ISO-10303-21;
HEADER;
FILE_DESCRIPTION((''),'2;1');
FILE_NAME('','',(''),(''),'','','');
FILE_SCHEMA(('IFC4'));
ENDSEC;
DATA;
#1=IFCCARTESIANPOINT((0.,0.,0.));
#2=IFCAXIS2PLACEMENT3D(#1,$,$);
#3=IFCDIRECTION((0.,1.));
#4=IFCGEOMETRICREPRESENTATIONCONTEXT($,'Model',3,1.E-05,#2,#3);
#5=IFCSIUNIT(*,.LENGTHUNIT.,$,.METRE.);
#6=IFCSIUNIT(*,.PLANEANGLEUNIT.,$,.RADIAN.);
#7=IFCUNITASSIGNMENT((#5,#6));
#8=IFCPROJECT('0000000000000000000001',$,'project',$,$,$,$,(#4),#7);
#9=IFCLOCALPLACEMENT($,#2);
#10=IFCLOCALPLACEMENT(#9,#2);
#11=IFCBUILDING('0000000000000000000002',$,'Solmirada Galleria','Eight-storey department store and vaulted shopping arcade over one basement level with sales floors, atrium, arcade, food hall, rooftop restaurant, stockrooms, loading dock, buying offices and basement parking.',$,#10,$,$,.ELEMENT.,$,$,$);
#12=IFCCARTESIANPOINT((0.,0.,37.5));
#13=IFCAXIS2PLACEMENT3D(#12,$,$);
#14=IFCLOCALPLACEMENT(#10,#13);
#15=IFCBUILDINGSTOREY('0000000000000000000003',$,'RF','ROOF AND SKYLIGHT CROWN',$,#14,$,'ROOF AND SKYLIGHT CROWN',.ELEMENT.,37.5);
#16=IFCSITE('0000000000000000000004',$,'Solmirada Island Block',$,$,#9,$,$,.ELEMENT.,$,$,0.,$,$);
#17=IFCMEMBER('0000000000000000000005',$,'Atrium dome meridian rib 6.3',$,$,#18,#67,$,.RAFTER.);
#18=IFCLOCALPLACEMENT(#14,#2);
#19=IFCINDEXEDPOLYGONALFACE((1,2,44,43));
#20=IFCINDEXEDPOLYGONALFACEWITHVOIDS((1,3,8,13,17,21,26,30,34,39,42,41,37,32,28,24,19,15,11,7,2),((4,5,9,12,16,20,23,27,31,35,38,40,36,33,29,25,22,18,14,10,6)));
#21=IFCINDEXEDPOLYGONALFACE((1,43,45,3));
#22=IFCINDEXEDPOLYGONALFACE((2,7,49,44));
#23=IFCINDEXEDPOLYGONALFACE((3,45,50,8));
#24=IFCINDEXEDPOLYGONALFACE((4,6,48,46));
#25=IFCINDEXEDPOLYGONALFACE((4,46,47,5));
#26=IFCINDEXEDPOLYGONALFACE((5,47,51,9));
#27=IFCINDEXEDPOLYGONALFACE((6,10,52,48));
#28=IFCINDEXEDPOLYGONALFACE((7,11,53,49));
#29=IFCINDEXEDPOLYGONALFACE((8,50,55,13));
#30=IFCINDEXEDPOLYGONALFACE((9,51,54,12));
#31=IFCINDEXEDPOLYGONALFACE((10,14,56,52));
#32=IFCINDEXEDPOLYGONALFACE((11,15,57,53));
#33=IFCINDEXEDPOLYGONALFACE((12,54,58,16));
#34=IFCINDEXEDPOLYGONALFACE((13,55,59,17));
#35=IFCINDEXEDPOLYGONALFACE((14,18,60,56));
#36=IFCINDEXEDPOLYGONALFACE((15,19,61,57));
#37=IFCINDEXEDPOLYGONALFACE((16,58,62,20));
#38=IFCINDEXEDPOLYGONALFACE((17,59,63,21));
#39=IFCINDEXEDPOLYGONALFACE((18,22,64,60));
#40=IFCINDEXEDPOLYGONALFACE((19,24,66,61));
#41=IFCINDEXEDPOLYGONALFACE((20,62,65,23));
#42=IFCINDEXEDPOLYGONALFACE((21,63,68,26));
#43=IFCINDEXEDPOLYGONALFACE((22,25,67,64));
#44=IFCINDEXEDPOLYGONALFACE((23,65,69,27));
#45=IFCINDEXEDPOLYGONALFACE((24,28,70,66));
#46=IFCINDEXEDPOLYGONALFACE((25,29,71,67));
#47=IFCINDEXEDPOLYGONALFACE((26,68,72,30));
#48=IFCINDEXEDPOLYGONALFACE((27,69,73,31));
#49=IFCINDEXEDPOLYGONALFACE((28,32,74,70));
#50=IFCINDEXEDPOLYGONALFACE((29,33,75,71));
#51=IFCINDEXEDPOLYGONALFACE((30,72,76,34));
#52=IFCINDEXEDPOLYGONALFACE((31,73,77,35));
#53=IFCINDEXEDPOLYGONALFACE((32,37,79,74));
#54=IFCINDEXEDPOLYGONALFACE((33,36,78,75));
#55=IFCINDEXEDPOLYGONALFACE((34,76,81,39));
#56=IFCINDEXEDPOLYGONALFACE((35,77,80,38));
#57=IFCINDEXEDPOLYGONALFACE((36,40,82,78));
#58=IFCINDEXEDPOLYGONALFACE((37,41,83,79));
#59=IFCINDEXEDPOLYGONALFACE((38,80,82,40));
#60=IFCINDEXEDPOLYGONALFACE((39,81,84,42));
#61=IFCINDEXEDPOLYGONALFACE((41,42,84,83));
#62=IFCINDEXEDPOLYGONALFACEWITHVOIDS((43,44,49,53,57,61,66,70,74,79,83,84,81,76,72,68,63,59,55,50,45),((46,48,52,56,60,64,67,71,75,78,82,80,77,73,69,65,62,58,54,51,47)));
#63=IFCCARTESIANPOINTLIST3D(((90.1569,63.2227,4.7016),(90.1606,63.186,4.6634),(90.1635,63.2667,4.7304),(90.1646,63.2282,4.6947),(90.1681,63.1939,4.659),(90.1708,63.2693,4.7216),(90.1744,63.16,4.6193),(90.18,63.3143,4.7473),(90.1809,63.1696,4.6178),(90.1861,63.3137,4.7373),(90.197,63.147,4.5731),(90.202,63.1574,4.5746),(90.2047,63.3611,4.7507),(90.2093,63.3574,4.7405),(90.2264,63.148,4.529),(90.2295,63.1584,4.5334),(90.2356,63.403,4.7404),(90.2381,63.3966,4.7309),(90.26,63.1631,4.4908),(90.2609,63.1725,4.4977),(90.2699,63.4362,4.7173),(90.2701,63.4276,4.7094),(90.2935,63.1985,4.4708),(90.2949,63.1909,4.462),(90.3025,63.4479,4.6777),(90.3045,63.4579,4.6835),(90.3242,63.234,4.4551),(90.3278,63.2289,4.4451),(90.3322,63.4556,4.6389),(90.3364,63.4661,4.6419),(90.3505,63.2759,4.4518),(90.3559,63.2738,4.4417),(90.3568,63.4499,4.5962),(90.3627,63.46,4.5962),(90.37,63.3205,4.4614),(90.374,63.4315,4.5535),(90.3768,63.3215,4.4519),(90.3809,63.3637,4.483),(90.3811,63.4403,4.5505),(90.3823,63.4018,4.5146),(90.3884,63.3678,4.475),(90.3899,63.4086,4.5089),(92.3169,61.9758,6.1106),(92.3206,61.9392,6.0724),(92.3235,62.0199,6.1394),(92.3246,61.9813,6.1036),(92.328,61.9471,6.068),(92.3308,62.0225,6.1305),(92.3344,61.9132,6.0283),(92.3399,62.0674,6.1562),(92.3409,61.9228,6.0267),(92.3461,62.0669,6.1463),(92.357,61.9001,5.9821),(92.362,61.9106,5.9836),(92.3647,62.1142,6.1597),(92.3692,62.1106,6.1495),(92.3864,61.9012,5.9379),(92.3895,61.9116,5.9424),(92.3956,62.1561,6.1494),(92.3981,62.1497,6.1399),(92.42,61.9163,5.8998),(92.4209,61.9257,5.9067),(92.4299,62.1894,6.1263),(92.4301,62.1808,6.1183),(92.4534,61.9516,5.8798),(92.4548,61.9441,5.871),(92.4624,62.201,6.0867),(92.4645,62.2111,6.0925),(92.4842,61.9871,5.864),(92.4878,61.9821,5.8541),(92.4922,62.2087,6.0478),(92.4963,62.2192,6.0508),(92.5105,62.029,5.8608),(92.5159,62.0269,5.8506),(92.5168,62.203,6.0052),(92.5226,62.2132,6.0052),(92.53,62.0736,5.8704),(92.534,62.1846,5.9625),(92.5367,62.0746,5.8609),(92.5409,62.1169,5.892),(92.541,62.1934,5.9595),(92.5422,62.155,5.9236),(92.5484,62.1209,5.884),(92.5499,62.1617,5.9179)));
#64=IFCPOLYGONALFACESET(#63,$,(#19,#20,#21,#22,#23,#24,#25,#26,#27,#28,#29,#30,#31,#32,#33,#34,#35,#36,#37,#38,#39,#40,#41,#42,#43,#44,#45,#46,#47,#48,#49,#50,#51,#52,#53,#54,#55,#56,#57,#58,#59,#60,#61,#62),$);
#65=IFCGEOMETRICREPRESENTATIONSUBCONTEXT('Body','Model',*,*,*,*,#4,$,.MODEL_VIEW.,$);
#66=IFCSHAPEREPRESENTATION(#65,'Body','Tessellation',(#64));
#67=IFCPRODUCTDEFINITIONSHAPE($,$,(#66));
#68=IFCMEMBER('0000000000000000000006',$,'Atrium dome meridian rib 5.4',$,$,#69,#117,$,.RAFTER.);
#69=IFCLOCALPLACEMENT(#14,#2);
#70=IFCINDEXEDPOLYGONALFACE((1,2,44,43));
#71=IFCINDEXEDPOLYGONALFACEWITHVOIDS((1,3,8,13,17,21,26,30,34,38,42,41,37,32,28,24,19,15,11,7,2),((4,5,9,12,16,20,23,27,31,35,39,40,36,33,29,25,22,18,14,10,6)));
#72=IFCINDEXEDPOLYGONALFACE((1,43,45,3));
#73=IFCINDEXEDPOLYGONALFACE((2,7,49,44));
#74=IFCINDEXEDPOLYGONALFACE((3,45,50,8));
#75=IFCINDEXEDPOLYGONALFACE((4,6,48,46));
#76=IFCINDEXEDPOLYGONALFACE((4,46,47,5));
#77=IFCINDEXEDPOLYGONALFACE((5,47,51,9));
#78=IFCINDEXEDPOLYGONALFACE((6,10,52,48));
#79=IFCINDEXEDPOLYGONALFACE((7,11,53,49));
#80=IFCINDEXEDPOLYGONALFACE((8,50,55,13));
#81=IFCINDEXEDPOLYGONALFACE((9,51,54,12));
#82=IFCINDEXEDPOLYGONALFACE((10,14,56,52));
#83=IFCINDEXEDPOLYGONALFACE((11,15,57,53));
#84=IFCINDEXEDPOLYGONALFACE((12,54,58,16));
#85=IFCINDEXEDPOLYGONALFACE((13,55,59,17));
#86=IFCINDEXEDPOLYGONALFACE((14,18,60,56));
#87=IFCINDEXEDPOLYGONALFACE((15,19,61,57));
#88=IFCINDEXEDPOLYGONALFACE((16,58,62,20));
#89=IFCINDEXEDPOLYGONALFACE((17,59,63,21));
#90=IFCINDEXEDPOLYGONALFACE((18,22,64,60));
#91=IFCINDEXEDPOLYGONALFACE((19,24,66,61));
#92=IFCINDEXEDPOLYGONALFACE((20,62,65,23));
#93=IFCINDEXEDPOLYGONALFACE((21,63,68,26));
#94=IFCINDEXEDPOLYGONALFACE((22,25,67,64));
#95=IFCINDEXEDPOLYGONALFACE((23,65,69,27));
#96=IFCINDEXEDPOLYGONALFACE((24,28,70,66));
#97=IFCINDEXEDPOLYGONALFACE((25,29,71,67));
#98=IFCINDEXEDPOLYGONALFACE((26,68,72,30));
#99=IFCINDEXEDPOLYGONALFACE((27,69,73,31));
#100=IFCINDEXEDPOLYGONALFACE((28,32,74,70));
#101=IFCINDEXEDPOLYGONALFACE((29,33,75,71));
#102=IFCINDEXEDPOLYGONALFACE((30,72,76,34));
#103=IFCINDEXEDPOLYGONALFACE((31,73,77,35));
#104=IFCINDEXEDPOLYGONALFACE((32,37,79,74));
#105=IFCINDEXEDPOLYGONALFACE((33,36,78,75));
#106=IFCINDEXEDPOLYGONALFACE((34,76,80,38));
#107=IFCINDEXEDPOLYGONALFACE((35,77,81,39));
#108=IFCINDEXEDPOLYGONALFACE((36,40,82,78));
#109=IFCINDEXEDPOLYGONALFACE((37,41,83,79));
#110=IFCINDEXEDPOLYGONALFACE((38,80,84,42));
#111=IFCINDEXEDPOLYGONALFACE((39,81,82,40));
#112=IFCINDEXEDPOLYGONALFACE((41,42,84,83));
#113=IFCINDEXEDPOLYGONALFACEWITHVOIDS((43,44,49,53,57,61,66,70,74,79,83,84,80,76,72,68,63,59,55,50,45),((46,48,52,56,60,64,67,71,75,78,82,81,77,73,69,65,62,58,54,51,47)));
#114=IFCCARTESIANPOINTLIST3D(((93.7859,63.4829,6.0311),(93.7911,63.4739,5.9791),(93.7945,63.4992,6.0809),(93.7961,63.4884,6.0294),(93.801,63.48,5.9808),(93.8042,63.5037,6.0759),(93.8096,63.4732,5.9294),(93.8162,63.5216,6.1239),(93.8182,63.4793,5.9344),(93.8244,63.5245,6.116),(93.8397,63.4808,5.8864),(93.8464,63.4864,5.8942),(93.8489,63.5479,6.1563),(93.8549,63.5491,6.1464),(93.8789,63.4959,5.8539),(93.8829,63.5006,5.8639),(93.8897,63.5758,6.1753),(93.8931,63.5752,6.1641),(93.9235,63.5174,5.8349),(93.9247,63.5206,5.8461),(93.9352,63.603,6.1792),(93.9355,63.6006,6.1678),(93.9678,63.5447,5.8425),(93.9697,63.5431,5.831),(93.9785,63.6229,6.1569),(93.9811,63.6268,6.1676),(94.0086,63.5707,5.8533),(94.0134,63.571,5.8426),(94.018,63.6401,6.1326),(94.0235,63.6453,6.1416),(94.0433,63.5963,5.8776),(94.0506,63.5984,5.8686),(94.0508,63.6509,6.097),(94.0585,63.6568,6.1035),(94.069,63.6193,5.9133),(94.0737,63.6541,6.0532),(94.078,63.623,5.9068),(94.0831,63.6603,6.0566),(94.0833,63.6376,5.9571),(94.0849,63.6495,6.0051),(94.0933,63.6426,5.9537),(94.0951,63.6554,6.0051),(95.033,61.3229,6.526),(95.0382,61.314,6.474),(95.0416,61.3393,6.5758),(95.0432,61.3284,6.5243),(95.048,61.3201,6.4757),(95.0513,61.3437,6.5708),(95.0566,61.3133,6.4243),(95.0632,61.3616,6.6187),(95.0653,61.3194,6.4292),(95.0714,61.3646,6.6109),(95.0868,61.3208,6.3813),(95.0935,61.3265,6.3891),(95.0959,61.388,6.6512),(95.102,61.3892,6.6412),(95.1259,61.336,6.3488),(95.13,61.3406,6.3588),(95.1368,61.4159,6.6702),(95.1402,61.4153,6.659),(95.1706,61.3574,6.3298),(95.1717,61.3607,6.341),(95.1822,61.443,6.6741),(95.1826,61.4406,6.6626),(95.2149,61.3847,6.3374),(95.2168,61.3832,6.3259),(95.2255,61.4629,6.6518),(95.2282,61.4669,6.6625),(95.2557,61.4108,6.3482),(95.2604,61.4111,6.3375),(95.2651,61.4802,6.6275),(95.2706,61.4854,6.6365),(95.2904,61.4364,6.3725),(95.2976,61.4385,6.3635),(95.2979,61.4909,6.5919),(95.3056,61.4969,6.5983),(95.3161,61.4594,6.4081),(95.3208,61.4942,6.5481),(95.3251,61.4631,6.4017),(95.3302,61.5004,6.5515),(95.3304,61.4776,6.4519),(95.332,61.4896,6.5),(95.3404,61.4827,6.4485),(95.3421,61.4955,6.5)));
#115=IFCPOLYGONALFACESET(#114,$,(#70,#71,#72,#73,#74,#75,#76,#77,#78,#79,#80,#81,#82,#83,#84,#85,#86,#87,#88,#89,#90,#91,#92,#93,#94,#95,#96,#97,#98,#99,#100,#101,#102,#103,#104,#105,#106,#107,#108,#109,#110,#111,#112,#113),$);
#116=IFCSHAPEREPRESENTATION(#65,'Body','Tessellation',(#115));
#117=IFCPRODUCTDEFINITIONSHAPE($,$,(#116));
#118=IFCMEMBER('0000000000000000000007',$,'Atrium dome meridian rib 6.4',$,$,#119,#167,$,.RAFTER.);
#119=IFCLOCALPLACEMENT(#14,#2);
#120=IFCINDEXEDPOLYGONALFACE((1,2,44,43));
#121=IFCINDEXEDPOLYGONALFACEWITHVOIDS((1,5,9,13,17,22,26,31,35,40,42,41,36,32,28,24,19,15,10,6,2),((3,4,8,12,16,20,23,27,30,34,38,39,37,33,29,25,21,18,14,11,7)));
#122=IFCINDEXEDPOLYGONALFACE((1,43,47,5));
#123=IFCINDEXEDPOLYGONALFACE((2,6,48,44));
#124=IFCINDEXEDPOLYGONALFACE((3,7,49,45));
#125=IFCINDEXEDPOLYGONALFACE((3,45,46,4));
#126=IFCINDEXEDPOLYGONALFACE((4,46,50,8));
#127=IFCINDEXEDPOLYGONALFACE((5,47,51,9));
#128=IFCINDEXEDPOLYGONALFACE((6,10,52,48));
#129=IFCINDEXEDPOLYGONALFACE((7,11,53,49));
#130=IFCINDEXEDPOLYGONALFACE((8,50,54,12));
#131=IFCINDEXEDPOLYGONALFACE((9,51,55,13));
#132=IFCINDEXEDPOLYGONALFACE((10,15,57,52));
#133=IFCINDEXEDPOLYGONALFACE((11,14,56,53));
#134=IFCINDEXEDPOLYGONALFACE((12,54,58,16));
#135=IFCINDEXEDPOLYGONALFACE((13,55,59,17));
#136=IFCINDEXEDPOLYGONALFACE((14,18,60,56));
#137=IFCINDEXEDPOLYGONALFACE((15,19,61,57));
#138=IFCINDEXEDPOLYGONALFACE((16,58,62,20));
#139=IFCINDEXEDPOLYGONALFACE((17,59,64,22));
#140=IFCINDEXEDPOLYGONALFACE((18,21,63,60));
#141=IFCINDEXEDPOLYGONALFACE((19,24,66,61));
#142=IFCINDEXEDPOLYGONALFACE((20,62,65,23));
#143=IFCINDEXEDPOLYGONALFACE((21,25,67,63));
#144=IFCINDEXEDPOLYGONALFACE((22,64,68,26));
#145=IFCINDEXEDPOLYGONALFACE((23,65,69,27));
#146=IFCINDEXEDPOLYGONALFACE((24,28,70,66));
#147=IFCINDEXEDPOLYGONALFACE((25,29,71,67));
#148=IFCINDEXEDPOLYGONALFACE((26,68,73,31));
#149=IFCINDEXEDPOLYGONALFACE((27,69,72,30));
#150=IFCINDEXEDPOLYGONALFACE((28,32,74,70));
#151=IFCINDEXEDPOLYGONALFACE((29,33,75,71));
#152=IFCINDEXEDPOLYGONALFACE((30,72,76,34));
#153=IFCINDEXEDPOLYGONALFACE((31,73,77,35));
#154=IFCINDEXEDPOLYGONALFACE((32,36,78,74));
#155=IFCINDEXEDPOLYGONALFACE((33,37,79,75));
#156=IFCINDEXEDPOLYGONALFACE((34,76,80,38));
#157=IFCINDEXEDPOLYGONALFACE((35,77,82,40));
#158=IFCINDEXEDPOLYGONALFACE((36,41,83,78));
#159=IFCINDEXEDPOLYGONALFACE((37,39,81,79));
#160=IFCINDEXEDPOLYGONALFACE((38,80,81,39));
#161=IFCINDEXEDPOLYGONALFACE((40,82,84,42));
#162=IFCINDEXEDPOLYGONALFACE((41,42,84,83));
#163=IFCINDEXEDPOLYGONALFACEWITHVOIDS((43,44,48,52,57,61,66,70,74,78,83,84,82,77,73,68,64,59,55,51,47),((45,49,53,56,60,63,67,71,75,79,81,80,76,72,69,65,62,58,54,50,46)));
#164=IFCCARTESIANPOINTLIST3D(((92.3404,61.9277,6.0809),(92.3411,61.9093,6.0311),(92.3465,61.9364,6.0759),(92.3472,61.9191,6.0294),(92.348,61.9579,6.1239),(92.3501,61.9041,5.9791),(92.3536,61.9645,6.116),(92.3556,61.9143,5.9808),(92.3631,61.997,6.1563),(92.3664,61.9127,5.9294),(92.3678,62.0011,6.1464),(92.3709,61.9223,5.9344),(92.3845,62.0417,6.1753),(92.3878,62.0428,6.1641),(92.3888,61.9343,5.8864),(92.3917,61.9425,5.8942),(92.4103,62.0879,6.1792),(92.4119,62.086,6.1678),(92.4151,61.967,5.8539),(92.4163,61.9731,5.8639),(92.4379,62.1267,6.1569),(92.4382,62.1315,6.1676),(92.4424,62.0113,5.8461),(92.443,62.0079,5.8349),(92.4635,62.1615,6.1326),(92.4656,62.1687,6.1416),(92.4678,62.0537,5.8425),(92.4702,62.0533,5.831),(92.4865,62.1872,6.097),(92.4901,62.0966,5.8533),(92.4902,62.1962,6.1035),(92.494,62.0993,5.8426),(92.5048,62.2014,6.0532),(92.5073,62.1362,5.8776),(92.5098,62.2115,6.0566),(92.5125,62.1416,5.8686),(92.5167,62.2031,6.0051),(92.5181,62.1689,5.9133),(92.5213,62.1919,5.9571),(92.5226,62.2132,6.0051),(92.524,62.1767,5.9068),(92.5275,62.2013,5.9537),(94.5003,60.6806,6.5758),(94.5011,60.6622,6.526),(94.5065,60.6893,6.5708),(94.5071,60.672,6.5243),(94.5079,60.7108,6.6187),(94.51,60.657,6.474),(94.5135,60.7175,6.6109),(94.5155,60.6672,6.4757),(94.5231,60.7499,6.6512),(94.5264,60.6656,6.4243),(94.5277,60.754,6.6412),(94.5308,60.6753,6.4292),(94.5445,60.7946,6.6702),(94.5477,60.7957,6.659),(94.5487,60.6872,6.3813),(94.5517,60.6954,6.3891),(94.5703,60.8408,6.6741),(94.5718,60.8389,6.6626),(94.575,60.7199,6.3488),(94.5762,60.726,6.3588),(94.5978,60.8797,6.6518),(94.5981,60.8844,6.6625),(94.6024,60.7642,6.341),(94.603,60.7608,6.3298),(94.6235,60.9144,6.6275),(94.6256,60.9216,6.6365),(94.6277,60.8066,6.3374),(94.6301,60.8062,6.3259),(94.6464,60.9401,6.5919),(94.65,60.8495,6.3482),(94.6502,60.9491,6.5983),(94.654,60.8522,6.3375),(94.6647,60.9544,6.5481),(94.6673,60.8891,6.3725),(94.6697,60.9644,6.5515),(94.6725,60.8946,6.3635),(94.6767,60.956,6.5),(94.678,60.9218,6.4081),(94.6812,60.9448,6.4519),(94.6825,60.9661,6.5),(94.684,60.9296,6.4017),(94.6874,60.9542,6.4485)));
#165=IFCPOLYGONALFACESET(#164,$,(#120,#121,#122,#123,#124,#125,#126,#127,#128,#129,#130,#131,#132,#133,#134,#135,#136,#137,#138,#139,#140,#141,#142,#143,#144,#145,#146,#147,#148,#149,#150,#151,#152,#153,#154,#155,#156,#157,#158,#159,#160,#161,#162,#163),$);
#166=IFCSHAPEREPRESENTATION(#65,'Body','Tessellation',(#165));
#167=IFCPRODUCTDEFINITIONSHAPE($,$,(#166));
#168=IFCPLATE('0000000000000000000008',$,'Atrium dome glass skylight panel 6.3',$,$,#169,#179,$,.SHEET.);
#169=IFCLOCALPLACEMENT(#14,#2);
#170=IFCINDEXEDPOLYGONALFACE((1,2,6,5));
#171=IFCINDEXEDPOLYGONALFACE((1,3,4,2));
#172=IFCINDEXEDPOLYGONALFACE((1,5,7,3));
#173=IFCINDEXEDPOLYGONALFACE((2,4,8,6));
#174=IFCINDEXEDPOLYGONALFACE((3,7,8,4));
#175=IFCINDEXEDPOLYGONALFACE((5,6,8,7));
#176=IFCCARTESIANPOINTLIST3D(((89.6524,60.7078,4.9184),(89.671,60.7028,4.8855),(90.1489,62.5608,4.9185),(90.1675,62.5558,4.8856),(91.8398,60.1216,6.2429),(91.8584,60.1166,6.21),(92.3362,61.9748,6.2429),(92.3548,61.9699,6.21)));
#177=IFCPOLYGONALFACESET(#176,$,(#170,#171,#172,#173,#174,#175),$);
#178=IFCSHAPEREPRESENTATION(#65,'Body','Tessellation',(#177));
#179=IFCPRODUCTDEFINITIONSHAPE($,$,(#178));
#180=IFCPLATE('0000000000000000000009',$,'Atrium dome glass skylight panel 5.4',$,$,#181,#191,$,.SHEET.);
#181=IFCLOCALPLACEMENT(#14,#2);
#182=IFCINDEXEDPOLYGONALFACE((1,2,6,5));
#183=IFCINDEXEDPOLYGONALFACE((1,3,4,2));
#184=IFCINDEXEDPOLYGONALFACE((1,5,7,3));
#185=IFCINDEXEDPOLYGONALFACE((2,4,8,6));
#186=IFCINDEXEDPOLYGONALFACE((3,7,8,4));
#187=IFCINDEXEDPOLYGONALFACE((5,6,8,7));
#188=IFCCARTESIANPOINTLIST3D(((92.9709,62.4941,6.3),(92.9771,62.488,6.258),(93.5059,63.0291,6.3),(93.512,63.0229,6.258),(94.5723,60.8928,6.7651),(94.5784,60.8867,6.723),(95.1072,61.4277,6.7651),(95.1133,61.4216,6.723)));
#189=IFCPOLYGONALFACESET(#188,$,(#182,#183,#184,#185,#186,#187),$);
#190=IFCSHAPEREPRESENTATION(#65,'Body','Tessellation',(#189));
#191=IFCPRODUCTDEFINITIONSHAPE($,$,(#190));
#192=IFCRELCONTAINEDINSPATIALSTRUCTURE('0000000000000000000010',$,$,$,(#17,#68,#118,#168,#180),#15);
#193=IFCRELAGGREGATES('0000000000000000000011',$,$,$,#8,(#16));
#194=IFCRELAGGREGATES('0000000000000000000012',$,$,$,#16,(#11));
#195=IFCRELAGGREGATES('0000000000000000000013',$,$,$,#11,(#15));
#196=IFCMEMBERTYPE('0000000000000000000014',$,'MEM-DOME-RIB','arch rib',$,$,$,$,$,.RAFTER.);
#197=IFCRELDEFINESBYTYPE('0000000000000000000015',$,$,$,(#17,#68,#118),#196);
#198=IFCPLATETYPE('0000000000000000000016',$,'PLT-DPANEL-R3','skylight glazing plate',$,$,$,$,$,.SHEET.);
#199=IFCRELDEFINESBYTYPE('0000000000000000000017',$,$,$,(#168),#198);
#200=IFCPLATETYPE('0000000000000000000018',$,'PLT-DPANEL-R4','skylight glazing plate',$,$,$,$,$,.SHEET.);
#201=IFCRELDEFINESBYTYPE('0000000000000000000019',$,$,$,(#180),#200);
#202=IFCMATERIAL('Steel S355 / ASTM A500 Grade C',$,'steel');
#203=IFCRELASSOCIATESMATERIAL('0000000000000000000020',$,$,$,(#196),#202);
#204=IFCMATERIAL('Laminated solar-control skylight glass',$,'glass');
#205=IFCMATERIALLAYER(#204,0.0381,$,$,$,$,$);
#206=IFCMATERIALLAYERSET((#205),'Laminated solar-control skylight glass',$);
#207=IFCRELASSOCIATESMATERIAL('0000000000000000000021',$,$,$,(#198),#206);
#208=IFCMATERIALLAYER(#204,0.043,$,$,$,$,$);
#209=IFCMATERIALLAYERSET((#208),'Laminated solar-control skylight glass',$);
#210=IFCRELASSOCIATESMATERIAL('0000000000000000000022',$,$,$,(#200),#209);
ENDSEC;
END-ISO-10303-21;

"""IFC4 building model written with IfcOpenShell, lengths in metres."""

from ifc_helpers import new_model, si_unit, direction, frame, origin, origin_2d, place, context, subcontext, project, spatial, polyline, hollow_circle, outline, extrude, material, layer, layer_set, material_profile, profile_set, type_object, element, save


model = new_model("IFC4")

# Units and contexts
model_context = context("Model", 3, precision=1e-05, world=origin(), true_north=direction((0.0, 1.0)))
body_context = subcontext(model_context, "Body", "Model", "MODEL_VIEW")
ifc_project = project(units=[si_unit("LENGTHUNIT", "METRE"), si_unit("PLANEANGLEUNIT", "RADIAN")], contexts=[model_context])

# Site, building, storey
site_placement = place(None, origin())
site = spatial("IfcSite", under=ifc_project, at=site_placement, Name="Solmirada Island Block", CompositionType="ELEMENT", RefElevation=0.0)
building_placement = place(site_placement, origin())
building = spatial("IfcBuilding", under=site, at=building_placement, Name="Solmirada Galleria", Description="Eight-storey department store and vaulted shopping arcade over one basement level with sales floors, atrium, arcade, food hall, rooftop restaurant, stockrooms, loading dock, buying offices and basement parking.", CompositionType="ELEMENT")
storey_placement = place(building_placement, frame((0.0, 0.0, 37.5)))
storey = spatial("IfcBuildingStorey", under=building, at=storey_placement, Name="RF", Description="ROOF AND SKYLIGHT CROWN", LongName="ROOF AND SKYLIGHT CROWN", CompositionType="ELEMENT", Elevation=37.5)

# Members
ifc_material_1 = material(Name="Steel S355 / ASTM A500 Grade C", Category="steel")
ifc_material_profile_1 = material_profile(ifc_material_1, hollow_circle(Radius=0.178, WallThickness=0.0117, at=origin_2d()), Name="HSS14.000X0.500")
ifc_profile_set_1 = profile_set([ifc_material_profile_1], Name="Steel S355 / ASTM A500 Grade C")
member_type_1 = type_object("IfcMemberType", Name="MEM-DOME-RIB", Description="arch rib", PredefinedType="RAFTER", material=ifc_profile_set_1)
member_1_placement = place(storey_placement, frame((90.2737, 63.3059, 4.5962), z_axis=(0.754049, -0.435281, 0.491875), x_axis=(0.49994, 0.86606, 0.0)))
element("IfcMember", 1, at=member_1_placement, inside=storey, type_object=member_type_1, Name="Atrium dome meridian rib 6.3", PredefinedType="RAFTER", context=body_context, shape_type="SweptSolid", body=[
    extrude(hollow_circle(Radius=0.178, WallThickness=0.0117, at=origin_2d()), origin(), (0.0, 0.0, 1.0), 2.8645),
])
for number, where, z_axis, x_axis, name in (
    (2, (93.9409, 63.5664, 6.0051), (0.490452, -0.849457, 0.194625), (0.866018, 0.500013, 0.0), "Atrium dome meridian rib 5.4"),
    (3, (92.4336, 62.0591, 6.0051), (0.849457, -0.490452, 0.194625), (0.500013, 0.866018, 0.0), "Atrium dome meridian rib 6.4"),
):
    element("IfcMember", number, at=place(storey_placement, frame(where, z_axis=z_axis, x_axis=x_axis)), inside=storey, type_object=member_type_1, Name=name, PredefinedType="RAFTER", context=body_context, shape_type="SweptSolid", body=[
        extrude(hollow_circle(Radius=0.178, WallThickness=0.0117, at=origin_2d()), origin(), (0.0, 0.0, 1.0), 2.5427),
    ])

# Plates
ifc_material_2 = material(Name="Laminated solar-control skylight glass", Category="glass")
ifc_layer_1 = layer(ifc_material_2, 0.0381)
ifc_layer_set_1 = layer_set([ifc_layer_1], Name="Laminated solar-control skylight glass")
plate_type_1 = type_object("IfcPlateType", Name="PLT-DPANEL-R3", Description="skylight glazing plate", PredefinedType="SHEET", material=ifc_layer_set_1)
plate_1_placement = place(storey_placement, frame((90.1489, 62.5608, 4.9185), z_axis=(-0.487666, 0.130646, 0.8632), x_axis=(-0.258831, -0.965923, -0.000034)))
element("IfcPlate", 4, at=plate_1_placement, inside=storey, type_object=plate_type_1, Name="Atrium dome glass skylight panel 6.3", PredefinedType="SHEET", context=body_context, shape_type="SweptSolid", body=[
    extrude(outline(polyline([(0.0, 0.0), (1.9184, 0.0), (1.9184, 2.6235), (-0.0002, 2.6233), (0.0, 0.0)])), origin(), (0.0, 0.0, -1.0), 0.0381),
])
ifc_layer_2 = layer(ifc_material_2, 0.043)
ifc_layer_set_2 = layer_set([ifc_layer_2], Name="Laminated solar-control skylight glass")
plate_type_2 = type_object("IfcPlateType", Name="PLT-DPANEL-R4", Description="skylight glazing plate", PredefinedType="SHEET", material=ifc_layer_set_2)
plate_2_placement = place(storey_placement, frame((93.5059, 63.0291, 6.3), z_axis=(-0.142251, 0.142251, 0.979556), x_axis=(-0.707107, -0.707107, 0.0)))
element("IfcPlate", 5, at=plate_2_placement, inside=storey, type_object=plate_type_2, Name="Atrium dome glass skylight panel 5.4", PredefinedType="SHEET", context=body_context, shape_type="SweptSolid", body=[
    extrude(outline(polyline([(0.0, 0.0), (0.7565, 0.0), (0.7565, 2.3119), (0.0, 2.3119), (0.0, 0.0)])), origin(), (0.0, 0.0, -1.0), 0.043),
])

save(model, "model.ifc")
